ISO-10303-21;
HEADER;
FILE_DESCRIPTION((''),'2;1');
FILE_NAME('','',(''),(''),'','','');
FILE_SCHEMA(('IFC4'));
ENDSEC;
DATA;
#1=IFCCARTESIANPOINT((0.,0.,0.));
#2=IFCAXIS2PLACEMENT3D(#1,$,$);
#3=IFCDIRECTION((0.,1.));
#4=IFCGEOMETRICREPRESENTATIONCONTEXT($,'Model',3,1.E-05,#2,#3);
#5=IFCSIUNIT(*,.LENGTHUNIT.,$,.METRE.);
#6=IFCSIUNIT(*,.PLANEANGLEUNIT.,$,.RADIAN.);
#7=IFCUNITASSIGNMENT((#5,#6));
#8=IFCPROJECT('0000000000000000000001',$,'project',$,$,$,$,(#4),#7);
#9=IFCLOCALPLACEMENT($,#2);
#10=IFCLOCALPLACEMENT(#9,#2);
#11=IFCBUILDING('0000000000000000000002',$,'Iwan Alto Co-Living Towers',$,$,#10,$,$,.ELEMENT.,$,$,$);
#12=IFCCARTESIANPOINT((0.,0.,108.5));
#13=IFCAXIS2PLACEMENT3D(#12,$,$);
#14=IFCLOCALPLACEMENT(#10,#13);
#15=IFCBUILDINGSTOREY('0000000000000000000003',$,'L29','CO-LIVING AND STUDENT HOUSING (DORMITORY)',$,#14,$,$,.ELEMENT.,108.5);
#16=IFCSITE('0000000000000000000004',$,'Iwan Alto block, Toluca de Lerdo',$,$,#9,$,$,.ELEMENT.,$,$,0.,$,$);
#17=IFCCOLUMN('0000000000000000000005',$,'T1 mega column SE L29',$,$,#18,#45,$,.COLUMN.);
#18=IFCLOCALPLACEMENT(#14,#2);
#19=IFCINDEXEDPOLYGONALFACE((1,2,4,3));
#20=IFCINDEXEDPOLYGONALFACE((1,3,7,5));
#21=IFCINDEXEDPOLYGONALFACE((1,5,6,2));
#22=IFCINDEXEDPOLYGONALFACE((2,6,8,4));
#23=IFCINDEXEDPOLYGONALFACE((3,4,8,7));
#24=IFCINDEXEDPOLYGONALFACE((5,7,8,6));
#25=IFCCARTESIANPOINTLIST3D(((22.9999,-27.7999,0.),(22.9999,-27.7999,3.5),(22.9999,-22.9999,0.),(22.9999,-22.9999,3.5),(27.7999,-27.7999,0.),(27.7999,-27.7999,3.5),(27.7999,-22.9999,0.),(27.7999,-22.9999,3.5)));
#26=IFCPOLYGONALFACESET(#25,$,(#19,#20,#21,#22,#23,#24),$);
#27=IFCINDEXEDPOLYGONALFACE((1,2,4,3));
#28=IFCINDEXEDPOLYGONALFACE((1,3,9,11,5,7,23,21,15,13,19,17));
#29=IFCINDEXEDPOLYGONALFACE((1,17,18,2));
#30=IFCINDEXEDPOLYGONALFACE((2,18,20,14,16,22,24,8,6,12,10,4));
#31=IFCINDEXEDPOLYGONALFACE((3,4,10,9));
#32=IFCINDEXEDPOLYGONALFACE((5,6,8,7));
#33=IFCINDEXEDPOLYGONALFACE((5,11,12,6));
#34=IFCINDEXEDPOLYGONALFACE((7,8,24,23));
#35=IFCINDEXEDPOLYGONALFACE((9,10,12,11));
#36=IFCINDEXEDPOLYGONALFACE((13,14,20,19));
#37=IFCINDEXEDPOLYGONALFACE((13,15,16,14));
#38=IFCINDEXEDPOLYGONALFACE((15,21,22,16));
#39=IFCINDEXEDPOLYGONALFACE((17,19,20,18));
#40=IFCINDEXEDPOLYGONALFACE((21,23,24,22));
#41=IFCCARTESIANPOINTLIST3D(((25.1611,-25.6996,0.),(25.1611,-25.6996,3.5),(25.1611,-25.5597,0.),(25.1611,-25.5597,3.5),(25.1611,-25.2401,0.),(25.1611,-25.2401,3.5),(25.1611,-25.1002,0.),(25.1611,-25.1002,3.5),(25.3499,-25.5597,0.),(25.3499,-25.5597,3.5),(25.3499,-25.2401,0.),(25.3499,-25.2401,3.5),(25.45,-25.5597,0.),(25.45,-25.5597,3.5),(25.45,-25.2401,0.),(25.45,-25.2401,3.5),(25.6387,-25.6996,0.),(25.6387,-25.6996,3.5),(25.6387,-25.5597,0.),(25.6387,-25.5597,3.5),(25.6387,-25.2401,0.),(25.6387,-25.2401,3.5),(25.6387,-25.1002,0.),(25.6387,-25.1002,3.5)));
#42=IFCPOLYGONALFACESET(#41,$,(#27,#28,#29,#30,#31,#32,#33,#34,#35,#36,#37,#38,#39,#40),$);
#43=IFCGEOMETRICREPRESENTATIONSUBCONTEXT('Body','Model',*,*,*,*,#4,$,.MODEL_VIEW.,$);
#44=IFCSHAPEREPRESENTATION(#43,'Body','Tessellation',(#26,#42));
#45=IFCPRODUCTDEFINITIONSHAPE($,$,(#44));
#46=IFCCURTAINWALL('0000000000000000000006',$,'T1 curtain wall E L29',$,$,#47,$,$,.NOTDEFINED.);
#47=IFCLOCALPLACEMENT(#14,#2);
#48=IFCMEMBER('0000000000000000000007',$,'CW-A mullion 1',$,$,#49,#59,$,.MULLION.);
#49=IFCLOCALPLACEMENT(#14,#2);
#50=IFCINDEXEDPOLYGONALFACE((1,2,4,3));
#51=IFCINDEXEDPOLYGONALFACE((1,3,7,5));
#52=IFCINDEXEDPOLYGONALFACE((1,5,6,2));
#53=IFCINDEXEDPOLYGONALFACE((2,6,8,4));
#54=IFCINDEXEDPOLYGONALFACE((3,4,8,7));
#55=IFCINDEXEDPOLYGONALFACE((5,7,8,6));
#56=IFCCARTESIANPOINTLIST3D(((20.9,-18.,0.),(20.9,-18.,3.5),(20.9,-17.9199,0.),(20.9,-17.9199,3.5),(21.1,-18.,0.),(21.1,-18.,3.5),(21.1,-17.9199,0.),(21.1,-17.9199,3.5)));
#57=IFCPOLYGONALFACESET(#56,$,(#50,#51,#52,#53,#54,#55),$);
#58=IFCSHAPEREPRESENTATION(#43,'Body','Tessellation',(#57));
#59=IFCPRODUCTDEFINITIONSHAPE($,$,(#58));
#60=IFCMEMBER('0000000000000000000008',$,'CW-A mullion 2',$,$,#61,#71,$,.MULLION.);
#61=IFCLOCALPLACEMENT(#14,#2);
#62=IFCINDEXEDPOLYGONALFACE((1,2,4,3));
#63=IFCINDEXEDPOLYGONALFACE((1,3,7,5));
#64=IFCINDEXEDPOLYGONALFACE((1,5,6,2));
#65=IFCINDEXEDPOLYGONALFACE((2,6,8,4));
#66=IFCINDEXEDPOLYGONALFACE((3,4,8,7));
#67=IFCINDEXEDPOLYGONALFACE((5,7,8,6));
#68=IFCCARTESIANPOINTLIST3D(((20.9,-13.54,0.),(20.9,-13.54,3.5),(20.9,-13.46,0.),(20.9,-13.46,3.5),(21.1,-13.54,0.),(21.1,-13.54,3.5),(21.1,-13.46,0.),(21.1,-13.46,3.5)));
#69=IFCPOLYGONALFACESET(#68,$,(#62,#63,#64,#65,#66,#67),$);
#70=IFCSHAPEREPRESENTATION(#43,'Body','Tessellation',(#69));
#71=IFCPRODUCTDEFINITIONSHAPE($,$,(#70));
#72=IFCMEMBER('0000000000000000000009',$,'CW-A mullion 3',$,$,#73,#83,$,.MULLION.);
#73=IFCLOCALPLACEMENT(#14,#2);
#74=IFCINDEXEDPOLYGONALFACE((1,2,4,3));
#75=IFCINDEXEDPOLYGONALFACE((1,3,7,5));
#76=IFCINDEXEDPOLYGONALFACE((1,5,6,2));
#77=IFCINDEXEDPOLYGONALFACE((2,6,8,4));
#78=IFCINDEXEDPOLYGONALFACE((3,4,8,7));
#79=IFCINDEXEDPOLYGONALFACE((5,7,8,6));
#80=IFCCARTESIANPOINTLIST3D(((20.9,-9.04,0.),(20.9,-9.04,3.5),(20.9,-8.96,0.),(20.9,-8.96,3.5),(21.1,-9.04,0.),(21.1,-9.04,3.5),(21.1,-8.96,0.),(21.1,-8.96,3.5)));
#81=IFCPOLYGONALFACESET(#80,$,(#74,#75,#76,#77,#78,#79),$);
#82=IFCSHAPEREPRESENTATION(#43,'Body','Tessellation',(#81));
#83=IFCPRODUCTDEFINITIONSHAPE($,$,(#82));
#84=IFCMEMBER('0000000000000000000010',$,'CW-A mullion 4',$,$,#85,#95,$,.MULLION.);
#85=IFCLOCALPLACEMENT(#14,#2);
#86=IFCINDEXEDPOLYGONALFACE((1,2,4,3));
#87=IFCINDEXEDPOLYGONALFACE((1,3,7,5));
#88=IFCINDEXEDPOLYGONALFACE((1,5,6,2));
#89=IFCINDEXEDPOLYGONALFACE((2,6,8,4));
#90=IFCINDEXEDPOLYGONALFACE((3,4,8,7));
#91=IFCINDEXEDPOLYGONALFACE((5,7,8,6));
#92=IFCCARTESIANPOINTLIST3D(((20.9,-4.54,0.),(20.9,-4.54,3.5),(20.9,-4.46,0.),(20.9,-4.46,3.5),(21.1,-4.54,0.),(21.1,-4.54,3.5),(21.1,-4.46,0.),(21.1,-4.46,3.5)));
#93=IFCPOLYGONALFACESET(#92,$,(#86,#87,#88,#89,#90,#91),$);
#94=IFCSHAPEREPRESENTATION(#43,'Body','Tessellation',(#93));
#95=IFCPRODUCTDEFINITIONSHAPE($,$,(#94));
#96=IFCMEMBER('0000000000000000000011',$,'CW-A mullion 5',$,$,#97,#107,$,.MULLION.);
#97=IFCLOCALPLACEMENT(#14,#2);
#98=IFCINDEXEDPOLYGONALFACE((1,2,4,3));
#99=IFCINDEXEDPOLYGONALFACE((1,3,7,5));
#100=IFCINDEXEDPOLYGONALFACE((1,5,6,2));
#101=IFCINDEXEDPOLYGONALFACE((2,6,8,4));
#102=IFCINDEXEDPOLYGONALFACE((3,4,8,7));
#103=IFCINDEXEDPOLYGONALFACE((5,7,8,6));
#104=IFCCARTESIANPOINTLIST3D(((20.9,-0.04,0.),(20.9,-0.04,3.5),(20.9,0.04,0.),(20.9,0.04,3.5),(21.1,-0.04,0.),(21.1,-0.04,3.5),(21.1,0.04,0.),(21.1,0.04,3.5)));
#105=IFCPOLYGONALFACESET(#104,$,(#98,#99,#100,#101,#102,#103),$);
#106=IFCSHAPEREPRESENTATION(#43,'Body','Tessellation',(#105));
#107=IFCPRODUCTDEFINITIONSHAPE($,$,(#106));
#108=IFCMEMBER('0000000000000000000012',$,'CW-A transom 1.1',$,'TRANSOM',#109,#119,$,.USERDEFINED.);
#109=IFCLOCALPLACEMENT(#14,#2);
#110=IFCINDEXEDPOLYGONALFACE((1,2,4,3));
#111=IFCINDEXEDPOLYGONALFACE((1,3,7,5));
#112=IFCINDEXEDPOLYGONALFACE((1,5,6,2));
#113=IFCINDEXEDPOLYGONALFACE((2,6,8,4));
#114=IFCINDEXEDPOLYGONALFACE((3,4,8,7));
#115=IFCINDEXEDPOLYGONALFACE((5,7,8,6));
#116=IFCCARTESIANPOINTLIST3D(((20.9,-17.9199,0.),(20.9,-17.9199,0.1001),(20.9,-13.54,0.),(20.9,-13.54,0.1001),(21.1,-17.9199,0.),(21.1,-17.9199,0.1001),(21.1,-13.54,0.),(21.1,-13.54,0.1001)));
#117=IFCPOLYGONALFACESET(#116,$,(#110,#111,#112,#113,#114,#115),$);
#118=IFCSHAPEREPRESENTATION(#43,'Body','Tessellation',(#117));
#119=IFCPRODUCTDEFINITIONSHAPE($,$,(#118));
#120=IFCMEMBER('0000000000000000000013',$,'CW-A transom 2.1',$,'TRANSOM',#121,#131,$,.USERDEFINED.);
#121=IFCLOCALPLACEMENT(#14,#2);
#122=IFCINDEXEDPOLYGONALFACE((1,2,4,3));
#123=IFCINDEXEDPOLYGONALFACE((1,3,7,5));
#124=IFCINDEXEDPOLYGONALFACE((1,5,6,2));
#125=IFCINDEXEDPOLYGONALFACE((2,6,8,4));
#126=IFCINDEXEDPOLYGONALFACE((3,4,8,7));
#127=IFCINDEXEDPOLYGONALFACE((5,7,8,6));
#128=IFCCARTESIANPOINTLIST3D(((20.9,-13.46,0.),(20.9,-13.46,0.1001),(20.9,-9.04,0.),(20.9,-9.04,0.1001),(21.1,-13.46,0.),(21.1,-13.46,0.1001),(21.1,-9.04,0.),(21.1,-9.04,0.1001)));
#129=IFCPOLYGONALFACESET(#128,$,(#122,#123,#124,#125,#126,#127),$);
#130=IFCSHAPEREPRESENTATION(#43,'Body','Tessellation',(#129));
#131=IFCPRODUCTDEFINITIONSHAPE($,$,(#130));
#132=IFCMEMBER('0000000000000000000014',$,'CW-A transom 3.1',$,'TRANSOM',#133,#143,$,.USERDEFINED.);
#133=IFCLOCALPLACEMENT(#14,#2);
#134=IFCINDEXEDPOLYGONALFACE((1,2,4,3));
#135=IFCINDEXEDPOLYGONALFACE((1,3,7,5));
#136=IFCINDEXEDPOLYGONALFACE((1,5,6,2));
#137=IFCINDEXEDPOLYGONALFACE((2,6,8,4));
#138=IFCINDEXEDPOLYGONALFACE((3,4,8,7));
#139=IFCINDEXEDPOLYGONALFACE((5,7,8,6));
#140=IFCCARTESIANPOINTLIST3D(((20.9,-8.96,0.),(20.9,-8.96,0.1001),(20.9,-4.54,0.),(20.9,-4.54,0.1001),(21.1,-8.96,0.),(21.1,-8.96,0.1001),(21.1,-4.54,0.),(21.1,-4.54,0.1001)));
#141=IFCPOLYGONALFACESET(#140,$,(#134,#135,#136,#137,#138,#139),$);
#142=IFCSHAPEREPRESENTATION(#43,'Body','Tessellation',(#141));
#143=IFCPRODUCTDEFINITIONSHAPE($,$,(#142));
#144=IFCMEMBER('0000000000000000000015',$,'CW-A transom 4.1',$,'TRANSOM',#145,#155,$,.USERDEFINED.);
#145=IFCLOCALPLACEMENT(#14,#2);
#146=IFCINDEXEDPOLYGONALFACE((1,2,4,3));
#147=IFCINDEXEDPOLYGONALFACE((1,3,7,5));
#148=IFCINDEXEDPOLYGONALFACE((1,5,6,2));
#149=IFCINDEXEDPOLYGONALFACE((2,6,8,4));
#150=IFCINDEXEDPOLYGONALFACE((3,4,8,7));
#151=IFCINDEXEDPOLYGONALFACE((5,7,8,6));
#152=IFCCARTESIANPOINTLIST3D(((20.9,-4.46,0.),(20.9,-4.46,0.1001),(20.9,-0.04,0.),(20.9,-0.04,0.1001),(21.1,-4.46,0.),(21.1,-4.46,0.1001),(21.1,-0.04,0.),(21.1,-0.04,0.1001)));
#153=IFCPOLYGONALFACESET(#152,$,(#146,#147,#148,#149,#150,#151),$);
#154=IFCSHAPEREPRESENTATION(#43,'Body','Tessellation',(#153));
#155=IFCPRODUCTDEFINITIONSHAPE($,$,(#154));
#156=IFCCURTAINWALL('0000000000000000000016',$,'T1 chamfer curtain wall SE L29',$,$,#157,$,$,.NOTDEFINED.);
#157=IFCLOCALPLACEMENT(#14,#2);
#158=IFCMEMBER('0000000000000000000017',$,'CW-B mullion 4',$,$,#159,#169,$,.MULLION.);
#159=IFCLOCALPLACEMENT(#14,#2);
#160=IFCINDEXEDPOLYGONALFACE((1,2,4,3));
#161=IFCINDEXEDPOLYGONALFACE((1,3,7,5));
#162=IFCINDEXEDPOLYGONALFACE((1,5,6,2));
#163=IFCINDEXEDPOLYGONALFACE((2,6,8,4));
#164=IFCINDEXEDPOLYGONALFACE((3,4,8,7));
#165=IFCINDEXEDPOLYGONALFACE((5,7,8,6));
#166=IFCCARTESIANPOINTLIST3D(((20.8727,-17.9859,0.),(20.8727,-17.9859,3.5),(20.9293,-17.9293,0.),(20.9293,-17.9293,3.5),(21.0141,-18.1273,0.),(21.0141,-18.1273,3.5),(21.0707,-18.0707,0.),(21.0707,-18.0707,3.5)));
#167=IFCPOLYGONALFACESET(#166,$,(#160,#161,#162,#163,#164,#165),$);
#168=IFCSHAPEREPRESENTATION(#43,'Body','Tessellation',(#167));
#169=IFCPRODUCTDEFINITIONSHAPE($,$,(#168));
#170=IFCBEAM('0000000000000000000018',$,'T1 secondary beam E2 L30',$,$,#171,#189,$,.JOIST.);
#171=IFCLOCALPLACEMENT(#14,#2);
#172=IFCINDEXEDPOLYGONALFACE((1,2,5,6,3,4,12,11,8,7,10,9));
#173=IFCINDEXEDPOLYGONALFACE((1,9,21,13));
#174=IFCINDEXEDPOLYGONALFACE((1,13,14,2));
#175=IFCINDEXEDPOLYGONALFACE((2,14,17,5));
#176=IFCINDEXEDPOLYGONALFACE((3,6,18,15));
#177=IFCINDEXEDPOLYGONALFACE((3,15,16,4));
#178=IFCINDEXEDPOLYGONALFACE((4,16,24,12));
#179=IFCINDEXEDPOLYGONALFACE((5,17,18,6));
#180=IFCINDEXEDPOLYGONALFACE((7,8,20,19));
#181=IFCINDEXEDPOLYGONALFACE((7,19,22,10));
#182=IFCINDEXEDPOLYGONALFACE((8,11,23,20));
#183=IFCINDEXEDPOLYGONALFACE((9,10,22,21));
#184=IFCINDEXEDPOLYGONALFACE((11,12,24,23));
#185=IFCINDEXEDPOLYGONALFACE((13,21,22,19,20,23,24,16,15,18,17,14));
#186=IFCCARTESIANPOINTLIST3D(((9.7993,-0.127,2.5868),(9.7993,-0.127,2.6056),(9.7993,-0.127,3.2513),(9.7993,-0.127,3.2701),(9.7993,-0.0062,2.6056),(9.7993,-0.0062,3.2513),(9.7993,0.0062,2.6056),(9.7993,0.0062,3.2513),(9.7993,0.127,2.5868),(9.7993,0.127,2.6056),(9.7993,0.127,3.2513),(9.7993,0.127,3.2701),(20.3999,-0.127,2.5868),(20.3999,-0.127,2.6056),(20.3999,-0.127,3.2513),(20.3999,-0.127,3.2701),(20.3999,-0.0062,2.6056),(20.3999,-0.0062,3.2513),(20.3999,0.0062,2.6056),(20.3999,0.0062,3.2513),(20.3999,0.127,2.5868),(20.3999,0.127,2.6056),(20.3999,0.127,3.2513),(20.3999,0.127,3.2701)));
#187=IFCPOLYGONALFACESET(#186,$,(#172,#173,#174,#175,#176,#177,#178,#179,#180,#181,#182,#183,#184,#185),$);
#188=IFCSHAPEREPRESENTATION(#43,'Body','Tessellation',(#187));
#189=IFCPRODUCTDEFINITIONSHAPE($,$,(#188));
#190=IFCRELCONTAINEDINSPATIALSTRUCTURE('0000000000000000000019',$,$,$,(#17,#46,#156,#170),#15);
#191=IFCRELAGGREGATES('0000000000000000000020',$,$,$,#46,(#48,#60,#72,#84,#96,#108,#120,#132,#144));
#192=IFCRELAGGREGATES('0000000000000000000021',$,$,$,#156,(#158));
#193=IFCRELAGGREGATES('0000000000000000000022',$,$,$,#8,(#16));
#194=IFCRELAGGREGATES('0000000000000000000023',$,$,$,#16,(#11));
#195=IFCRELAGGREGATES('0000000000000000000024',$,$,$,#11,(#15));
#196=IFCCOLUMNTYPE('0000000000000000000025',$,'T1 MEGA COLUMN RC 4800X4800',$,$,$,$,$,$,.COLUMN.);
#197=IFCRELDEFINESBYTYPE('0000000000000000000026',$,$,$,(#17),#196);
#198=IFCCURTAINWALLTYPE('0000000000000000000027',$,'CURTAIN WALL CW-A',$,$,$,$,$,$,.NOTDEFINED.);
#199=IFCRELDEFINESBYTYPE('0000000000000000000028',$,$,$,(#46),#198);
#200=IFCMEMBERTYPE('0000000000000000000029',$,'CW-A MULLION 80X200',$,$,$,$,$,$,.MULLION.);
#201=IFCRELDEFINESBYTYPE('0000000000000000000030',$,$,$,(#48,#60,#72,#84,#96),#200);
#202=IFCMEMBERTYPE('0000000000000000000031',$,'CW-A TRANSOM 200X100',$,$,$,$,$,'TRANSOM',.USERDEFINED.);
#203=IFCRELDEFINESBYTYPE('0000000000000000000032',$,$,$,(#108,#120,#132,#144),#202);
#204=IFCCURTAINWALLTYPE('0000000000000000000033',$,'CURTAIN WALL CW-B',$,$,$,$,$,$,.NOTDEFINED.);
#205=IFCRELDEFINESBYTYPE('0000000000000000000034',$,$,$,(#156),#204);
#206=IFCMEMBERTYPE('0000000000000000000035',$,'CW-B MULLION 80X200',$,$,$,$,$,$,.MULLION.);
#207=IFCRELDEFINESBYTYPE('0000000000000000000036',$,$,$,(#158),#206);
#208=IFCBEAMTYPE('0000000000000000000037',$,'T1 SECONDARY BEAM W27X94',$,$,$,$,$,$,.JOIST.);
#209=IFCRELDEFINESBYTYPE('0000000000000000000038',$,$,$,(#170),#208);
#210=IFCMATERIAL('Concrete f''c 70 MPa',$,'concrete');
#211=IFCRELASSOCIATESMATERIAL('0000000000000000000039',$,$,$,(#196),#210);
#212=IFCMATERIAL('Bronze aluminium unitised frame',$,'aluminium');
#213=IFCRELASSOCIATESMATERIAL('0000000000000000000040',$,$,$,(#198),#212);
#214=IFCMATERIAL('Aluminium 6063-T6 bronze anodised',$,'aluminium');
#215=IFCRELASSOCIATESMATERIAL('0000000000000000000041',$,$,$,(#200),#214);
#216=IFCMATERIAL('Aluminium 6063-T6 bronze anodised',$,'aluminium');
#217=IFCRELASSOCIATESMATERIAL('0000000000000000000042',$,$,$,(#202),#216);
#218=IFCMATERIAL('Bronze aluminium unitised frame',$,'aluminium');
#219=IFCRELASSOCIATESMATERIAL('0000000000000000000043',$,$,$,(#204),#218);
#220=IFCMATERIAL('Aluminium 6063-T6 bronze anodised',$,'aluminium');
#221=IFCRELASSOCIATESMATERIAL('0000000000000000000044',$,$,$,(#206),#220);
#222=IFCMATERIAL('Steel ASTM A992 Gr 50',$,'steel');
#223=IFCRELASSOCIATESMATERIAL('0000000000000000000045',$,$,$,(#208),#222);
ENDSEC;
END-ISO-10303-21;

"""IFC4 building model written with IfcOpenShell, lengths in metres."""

from ifc_helpers import new_model, si_unit, direction, frame, origin, origin_2d, place, context, subcontext, project, spatial, rectangle, i_section, extrude, material, material_profile, profile_set, type_object, element, aggregate, save


model = new_model("IFC4")

# Units and contexts
model_context = context("Model", 3, precision=1e-05, world=origin(), true_north=direction((0.0, 1.0)))
body_context = subcontext(model_context, "Body", "Model", "MODEL_VIEW")
ifc_project = project(units=[si_unit("LENGTHUNIT", "METRE"), si_unit("PLANEANGLEUNIT", "RADIAN")], contexts=[model_context])

# Site, building, storey
site_placement = place(None, origin())
site = spatial("IfcSite", under=ifc_project, at=site_placement, Name="Iwan Alto block, Toluca de Lerdo", CompositionType="ELEMENT", RefElevation=0.0)
building_placement = place(site_placement, origin())
building = spatial("IfcBuilding", under=site, at=building_placement, Name="Iwan Alto Co-Living Towers", CompositionType="ELEMENT")
storey_placement = place(building_placement, frame((0.0, 0.0, 108.5)))
storey = spatial("IfcBuildingStorey", under=building, at=storey_placement, Name="L29", Description="CO-LIVING AND STUDENT HOUSING (DORMITORY)", CompositionType="ELEMENT", Elevation=108.5)

# Column
ifc_material_1 = material(Name="Concrete f'c 70 MPa", Category="concrete")
ifc_material_profile_1 = material_profile(ifc_material_1, rectangle(XDim=4.8, YDim=4.8, at=origin_2d()), Name="RC 4800X4800")
ifc_profile_set_1 = profile_set([ifc_material_profile_1], Name="Concrete f'c 70 MPa")
column_type = type_object("IfcColumnType", Name="T1 MEGA COLUMN RC 4800X4800", PredefinedType="COLUMN", material=ifc_profile_set_1)
column_placement = place(storey_placement, frame((25.3999, -25.3999, 0.0), z_axis=(0.0, 0.0, 1.0), x_axis=(1.0, 0.0, 0.0)))
element("IfcColumn", 1, at=column_placement, inside=storey, type_object=column_type, Name="T1 mega column SE L29", PredefinedType="COLUMN", context=body_context, shape_type="SweptSolid", body=[
    extrude(rectangle(XDim=4.8, YDim=4.8, at=origin_2d()), origin(), (0.0, 0.0, 1.0), 3.5),
    extrude(i_section(OverallWidth=0.4775, OverallDepth=0.5994, WebThickness=0.1001, FlangeThickness=0.1399, at=origin_2d()), origin(), (0.0, 0.0, 1.0), 3.5),
])

# Curtain wall, members
ifc_material_2 = material(Name="Bronze aluminium unitised frame", Category="aluminium")
curtain_wall_type_1 = type_object("IfcCurtainWallType", Name="CURTAIN WALL CW-A", PredefinedType="NOTDEFINED", material=ifc_material_2)
curtain_wall_1_placement = place(storey_placement, origin())
curtain_wall_1 = element("IfcCurtainWall", 2, at=curtain_wall_1_placement, inside=storey, type_object=curtain_wall_type_1, Name="T1 curtain wall E L29", PredefinedType="NOTDEFINED")
ifc_material_3 = material(Name="Aluminium 6063-T6 bronze anodised", Category="aluminium")
ifc_material_profile_2 = material_profile(ifc_material_3, rectangle(XDim=0.2, YDim=0.0801, at=origin_2d()), Name="AL 80X200")
ifc_profile_set_2 = profile_set([ifc_material_profile_2], Name="Aluminium 6063-T6 bronze anodised")
member_type_1 = type_object("IfcMemberType", Name="CW-A MULLION 80X200", PredefinedType="MULLION", material=ifc_profile_set_2)
member_1_placement = place(storey_placement, frame((21.0, -17.96, 0.0), z_axis=(0.0, 0.0, 1.0), x_axis=(-1.0, 0.0, 0.0)))
member_1 = element("IfcMember", 3, at=member_1_placement, type_object=member_type_1, Name="CW-A mullion 1", PredefinedType="MULLION", context=body_context, shape_type="SweptSolid", body=[
    extrude(rectangle(XDim=0.2, YDim=0.0801, at=origin_2d()), origin(), (0.0, 0.0, 1.0), 3.5),
])
member_2_placement = place(storey_placement, frame((21.0, -13.5, 0.0), z_axis=(0.0, 0.0, 1.0), x_axis=(-1.0, 0.0, 0.0)))
member_2 = element("IfcMember", 4, at=member_2_placement, type_object=member_type_1, Name="CW-A mullion 2", PredefinedType="MULLION", context=body_context, shape_type="SweptSolid", body=[
    extrude(rectangle(XDim=0.2, YDim=0.0801, at=origin_2d()), origin(), (0.0, 0.0, 1.0), 3.5),
])
member_3_placement = place(storey_placement, frame((21.0, -9.0, 0.0), z_axis=(0.0, 0.0, 1.0), x_axis=(-1.0, 0.0, 0.0)))
member_3 = element("IfcMember", 5, at=member_3_placement, type_object=member_type_1, Name="CW-A mullion 3", PredefinedType="MULLION", context=body_context, shape_type="SweptSolid", body=[
    extrude(rectangle(XDim=0.2, YDim=0.0801, at=origin_2d()), origin(), (0.0, 0.0, 1.0), 3.5),
])
member_4_placement = place(storey_placement, frame((21.0, -4.5, 0.0), z_axis=(0.0, 0.0, 1.0), x_axis=(-1.0, 0.0, 0.0)))
member_4 = element("IfcMember", 6, at=member_4_placement, type_object=member_type_1, Name="CW-A mullion 4", PredefinedType="MULLION", context=body_context, shape_type="SweptSolid", body=[
    extrude(rectangle(XDim=0.2, YDim=0.0801, at=origin_2d()), origin(), (0.0, 0.0, 1.0), 3.5),
])
member_5_placement = place(storey_placement, frame((21.0, 0.0, 0.0), z_axis=(0.0, 0.0, 1.0), x_axis=(-1.0, 0.0, 0.0)))
member_5 = element("IfcMember", 7, at=member_5_placement, type_object=member_type_1, Name="CW-A mullion 5", PredefinedType="MULLION", context=body_context, shape_type="SweptSolid", body=[
    extrude(rectangle(XDim=0.2, YDim=0.0801, at=origin_2d()), origin(), (0.0, 0.0, 1.0), 3.5),
])
ifc_material_4 = material(Name="Aluminium 6063-T6 bronze anodised", Category="aluminium")
ifc_material_profile_3 = material_profile(ifc_material_4, rectangle(XDim=0.2, YDim=0.1001, at=origin_2d()), Name="AL 200X100")
ifc_profile_set_3 = profile_set([ifc_material_profile_3], Name="Aluminium 6063-T6 bronze anodised")
member_type_2 = type_object("IfcMemberType", Name="CW-A TRANSOM 200X100", ElementType="TRANSOM", PredefinedType="USERDEFINED", material=ifc_profile_set_3)
member_6_placement = place(storey_placement, frame((21.0, -17.9199, 0.05), z_axis=(0.0, 1.0, 0.0), x_axis=(-1.0, 0.0, 0.0)))
member_6 = element("IfcMember", 8, at=member_6_placement, type_object=member_type_2, Name="CW-A transom 1.1", ObjectType="TRANSOM", PredefinedType="USERDEFINED", context=body_context, shape_type="SweptSolid", body=[
    extrude(rectangle(XDim=0.2, YDim=0.1001, at=origin_2d()), origin(), (0.0, 0.0, 1.0), 4.3799),
])
member_7_placement = place(storey_placement, frame((21.0, -13.46, 0.05), z_axis=(0.0, 1.0, 0.0), x_axis=(-1.0, 0.0, 0.0)))
member_7 = element("IfcMember", 9, at=member_7_placement, type_object=member_type_2, Name="CW-A transom 2.1", ObjectType="TRANSOM", PredefinedType="USERDEFINED", context=body_context, shape_type="SweptSolid", body=[
    extrude(rectangle(XDim=0.2, YDim=0.1001, at=origin_2d()), origin(), (0.0, 0.0, 1.0), 4.4199),
])
member_8_placement = place(storey_placement, frame((21.0, -8.96, 0.05), z_axis=(0.0, 1.0, 0.0), x_axis=(-1.0, 0.0, 0.0)))
member_8 = element("IfcMember", 10, at=member_8_placement, type_object=member_type_2, Name="CW-A transom 3.1", ObjectType="TRANSOM", PredefinedType="USERDEFINED", context=body_context, shape_type="SweptSolid", body=[
    extrude(rectangle(XDim=0.2, YDim=0.1001, at=origin_2d()), origin(), (0.0, 0.0, 1.0), 4.4199),
])
member_9_placement = place(storey_placement, frame((21.0, -4.46, 0.05), z_axis=(0.0, 1.0, 0.0), x_axis=(-1.0, 0.0, 0.0)))
member_9 = element("IfcMember", 11, at=member_9_placement, type_object=member_type_2, Name="CW-A transom 4.1", ObjectType="TRANSOM", PredefinedType="USERDEFINED", context=body_context, shape_type="SweptSolid", body=[
    extrude(rectangle(XDim=0.2, YDim=0.1001, at=origin_2d()), origin(), (0.0, 0.0, 1.0), 4.4199),
])

# Curtain wall, member
ifc_material_5 = material(Name="Bronze aluminium unitised frame", Category="aluminium")
curtain_wall_type_2 = type_object("IfcCurtainWallType", Name="CURTAIN WALL CW-B", PredefinedType="NOTDEFINED", material=ifc_material_5)
curtain_wall_2_placement = place(storey_placement, origin())
curtain_wall_2 = element("IfcCurtainWall", 12, at=curtain_wall_2_placement, inside=storey, type_object=curtain_wall_type_2, Name="T1 chamfer curtain wall SE L29", PredefinedType="NOTDEFINED")
ifc_material_6 = material(Name="Aluminium 6063-T6 bronze anodised", Category="aluminium")
ifc_material_profile_4 = material_profile(ifc_material_6, rectangle(XDim=0.2, YDim=0.0801, at=origin_2d()), Name="AL 80X200")
ifc_profile_set_4 = profile_set([ifc_material_profile_4], Name="Aluminium 6063-T6 bronze anodised")
member_type_3 = type_object("IfcMemberType", Name="CW-B MULLION 80X200", PredefinedType="MULLION", material=ifc_profile_set_4)
member_10_placement = place(storey_placement, frame((20.9717, -18.0283, 0.0), z_axis=(0.0, 0.0, 1.0), x_axis=(-0.707107, 0.707107, 0.0)))
member_10 = element("IfcMember", 13, at=member_10_placement, type_object=member_type_3, Name="CW-B mullion 4", PredefinedType="MULLION", context=body_context, shape_type="SweptSolid", body=[
    extrude(rectangle(XDim=0.2, YDim=0.0801, at=origin_2d()), origin(), (0.0, 0.0, 1.0), 3.5),
])

# Beam
ifc_material_7 = material(Name="Steel ASTM A992 Gr 50", Category="steel")
ifc_material_profile_5 = material_profile(ifc_material_7, i_section(OverallWidth=0.2539, OverallDepth=0.6833, WebThickness=0.0125, FlangeThickness=0.0188, at=origin_2d()), Name="W27X94")
ifc_profile_set_5 = profile_set([ifc_material_profile_5], Name="Steel ASTM A992 Gr 50")
beam_type = type_object("IfcBeamType", Name="T1 SECONDARY BEAM W27X94", PredefinedType="JOIST", material=ifc_profile_set_5)
beam_placement = place(storey_placement, frame((20.3999, 0.0, 2.9285), z_axis=(-1.0, 0.0, 0.0), x_axis=(0.0, -1.0, 0.0)))
element("IfcBeam", 14, at=beam_placement, inside=storey, type_object=beam_type, Name="T1 secondary beam E2 L30", PredefinedType="JOIST", context=body_context, shape_type="SweptSolid", body=[
    extrude(i_section(OverallWidth=0.2539, OverallDepth=0.6833, WebThickness=0.0125, FlangeThickness=0.0188, at=origin_2d()), origin(), (0.0, 0.0, 1.0), 10.6006),
])

aggregate(curtain_wall_1, [member_1, member_2, member_3, member_4, member_5, member_6, member_7, member_8, member_9])
aggregate(curtain_wall_2, [member_10])

save(model, "model.ifc")
